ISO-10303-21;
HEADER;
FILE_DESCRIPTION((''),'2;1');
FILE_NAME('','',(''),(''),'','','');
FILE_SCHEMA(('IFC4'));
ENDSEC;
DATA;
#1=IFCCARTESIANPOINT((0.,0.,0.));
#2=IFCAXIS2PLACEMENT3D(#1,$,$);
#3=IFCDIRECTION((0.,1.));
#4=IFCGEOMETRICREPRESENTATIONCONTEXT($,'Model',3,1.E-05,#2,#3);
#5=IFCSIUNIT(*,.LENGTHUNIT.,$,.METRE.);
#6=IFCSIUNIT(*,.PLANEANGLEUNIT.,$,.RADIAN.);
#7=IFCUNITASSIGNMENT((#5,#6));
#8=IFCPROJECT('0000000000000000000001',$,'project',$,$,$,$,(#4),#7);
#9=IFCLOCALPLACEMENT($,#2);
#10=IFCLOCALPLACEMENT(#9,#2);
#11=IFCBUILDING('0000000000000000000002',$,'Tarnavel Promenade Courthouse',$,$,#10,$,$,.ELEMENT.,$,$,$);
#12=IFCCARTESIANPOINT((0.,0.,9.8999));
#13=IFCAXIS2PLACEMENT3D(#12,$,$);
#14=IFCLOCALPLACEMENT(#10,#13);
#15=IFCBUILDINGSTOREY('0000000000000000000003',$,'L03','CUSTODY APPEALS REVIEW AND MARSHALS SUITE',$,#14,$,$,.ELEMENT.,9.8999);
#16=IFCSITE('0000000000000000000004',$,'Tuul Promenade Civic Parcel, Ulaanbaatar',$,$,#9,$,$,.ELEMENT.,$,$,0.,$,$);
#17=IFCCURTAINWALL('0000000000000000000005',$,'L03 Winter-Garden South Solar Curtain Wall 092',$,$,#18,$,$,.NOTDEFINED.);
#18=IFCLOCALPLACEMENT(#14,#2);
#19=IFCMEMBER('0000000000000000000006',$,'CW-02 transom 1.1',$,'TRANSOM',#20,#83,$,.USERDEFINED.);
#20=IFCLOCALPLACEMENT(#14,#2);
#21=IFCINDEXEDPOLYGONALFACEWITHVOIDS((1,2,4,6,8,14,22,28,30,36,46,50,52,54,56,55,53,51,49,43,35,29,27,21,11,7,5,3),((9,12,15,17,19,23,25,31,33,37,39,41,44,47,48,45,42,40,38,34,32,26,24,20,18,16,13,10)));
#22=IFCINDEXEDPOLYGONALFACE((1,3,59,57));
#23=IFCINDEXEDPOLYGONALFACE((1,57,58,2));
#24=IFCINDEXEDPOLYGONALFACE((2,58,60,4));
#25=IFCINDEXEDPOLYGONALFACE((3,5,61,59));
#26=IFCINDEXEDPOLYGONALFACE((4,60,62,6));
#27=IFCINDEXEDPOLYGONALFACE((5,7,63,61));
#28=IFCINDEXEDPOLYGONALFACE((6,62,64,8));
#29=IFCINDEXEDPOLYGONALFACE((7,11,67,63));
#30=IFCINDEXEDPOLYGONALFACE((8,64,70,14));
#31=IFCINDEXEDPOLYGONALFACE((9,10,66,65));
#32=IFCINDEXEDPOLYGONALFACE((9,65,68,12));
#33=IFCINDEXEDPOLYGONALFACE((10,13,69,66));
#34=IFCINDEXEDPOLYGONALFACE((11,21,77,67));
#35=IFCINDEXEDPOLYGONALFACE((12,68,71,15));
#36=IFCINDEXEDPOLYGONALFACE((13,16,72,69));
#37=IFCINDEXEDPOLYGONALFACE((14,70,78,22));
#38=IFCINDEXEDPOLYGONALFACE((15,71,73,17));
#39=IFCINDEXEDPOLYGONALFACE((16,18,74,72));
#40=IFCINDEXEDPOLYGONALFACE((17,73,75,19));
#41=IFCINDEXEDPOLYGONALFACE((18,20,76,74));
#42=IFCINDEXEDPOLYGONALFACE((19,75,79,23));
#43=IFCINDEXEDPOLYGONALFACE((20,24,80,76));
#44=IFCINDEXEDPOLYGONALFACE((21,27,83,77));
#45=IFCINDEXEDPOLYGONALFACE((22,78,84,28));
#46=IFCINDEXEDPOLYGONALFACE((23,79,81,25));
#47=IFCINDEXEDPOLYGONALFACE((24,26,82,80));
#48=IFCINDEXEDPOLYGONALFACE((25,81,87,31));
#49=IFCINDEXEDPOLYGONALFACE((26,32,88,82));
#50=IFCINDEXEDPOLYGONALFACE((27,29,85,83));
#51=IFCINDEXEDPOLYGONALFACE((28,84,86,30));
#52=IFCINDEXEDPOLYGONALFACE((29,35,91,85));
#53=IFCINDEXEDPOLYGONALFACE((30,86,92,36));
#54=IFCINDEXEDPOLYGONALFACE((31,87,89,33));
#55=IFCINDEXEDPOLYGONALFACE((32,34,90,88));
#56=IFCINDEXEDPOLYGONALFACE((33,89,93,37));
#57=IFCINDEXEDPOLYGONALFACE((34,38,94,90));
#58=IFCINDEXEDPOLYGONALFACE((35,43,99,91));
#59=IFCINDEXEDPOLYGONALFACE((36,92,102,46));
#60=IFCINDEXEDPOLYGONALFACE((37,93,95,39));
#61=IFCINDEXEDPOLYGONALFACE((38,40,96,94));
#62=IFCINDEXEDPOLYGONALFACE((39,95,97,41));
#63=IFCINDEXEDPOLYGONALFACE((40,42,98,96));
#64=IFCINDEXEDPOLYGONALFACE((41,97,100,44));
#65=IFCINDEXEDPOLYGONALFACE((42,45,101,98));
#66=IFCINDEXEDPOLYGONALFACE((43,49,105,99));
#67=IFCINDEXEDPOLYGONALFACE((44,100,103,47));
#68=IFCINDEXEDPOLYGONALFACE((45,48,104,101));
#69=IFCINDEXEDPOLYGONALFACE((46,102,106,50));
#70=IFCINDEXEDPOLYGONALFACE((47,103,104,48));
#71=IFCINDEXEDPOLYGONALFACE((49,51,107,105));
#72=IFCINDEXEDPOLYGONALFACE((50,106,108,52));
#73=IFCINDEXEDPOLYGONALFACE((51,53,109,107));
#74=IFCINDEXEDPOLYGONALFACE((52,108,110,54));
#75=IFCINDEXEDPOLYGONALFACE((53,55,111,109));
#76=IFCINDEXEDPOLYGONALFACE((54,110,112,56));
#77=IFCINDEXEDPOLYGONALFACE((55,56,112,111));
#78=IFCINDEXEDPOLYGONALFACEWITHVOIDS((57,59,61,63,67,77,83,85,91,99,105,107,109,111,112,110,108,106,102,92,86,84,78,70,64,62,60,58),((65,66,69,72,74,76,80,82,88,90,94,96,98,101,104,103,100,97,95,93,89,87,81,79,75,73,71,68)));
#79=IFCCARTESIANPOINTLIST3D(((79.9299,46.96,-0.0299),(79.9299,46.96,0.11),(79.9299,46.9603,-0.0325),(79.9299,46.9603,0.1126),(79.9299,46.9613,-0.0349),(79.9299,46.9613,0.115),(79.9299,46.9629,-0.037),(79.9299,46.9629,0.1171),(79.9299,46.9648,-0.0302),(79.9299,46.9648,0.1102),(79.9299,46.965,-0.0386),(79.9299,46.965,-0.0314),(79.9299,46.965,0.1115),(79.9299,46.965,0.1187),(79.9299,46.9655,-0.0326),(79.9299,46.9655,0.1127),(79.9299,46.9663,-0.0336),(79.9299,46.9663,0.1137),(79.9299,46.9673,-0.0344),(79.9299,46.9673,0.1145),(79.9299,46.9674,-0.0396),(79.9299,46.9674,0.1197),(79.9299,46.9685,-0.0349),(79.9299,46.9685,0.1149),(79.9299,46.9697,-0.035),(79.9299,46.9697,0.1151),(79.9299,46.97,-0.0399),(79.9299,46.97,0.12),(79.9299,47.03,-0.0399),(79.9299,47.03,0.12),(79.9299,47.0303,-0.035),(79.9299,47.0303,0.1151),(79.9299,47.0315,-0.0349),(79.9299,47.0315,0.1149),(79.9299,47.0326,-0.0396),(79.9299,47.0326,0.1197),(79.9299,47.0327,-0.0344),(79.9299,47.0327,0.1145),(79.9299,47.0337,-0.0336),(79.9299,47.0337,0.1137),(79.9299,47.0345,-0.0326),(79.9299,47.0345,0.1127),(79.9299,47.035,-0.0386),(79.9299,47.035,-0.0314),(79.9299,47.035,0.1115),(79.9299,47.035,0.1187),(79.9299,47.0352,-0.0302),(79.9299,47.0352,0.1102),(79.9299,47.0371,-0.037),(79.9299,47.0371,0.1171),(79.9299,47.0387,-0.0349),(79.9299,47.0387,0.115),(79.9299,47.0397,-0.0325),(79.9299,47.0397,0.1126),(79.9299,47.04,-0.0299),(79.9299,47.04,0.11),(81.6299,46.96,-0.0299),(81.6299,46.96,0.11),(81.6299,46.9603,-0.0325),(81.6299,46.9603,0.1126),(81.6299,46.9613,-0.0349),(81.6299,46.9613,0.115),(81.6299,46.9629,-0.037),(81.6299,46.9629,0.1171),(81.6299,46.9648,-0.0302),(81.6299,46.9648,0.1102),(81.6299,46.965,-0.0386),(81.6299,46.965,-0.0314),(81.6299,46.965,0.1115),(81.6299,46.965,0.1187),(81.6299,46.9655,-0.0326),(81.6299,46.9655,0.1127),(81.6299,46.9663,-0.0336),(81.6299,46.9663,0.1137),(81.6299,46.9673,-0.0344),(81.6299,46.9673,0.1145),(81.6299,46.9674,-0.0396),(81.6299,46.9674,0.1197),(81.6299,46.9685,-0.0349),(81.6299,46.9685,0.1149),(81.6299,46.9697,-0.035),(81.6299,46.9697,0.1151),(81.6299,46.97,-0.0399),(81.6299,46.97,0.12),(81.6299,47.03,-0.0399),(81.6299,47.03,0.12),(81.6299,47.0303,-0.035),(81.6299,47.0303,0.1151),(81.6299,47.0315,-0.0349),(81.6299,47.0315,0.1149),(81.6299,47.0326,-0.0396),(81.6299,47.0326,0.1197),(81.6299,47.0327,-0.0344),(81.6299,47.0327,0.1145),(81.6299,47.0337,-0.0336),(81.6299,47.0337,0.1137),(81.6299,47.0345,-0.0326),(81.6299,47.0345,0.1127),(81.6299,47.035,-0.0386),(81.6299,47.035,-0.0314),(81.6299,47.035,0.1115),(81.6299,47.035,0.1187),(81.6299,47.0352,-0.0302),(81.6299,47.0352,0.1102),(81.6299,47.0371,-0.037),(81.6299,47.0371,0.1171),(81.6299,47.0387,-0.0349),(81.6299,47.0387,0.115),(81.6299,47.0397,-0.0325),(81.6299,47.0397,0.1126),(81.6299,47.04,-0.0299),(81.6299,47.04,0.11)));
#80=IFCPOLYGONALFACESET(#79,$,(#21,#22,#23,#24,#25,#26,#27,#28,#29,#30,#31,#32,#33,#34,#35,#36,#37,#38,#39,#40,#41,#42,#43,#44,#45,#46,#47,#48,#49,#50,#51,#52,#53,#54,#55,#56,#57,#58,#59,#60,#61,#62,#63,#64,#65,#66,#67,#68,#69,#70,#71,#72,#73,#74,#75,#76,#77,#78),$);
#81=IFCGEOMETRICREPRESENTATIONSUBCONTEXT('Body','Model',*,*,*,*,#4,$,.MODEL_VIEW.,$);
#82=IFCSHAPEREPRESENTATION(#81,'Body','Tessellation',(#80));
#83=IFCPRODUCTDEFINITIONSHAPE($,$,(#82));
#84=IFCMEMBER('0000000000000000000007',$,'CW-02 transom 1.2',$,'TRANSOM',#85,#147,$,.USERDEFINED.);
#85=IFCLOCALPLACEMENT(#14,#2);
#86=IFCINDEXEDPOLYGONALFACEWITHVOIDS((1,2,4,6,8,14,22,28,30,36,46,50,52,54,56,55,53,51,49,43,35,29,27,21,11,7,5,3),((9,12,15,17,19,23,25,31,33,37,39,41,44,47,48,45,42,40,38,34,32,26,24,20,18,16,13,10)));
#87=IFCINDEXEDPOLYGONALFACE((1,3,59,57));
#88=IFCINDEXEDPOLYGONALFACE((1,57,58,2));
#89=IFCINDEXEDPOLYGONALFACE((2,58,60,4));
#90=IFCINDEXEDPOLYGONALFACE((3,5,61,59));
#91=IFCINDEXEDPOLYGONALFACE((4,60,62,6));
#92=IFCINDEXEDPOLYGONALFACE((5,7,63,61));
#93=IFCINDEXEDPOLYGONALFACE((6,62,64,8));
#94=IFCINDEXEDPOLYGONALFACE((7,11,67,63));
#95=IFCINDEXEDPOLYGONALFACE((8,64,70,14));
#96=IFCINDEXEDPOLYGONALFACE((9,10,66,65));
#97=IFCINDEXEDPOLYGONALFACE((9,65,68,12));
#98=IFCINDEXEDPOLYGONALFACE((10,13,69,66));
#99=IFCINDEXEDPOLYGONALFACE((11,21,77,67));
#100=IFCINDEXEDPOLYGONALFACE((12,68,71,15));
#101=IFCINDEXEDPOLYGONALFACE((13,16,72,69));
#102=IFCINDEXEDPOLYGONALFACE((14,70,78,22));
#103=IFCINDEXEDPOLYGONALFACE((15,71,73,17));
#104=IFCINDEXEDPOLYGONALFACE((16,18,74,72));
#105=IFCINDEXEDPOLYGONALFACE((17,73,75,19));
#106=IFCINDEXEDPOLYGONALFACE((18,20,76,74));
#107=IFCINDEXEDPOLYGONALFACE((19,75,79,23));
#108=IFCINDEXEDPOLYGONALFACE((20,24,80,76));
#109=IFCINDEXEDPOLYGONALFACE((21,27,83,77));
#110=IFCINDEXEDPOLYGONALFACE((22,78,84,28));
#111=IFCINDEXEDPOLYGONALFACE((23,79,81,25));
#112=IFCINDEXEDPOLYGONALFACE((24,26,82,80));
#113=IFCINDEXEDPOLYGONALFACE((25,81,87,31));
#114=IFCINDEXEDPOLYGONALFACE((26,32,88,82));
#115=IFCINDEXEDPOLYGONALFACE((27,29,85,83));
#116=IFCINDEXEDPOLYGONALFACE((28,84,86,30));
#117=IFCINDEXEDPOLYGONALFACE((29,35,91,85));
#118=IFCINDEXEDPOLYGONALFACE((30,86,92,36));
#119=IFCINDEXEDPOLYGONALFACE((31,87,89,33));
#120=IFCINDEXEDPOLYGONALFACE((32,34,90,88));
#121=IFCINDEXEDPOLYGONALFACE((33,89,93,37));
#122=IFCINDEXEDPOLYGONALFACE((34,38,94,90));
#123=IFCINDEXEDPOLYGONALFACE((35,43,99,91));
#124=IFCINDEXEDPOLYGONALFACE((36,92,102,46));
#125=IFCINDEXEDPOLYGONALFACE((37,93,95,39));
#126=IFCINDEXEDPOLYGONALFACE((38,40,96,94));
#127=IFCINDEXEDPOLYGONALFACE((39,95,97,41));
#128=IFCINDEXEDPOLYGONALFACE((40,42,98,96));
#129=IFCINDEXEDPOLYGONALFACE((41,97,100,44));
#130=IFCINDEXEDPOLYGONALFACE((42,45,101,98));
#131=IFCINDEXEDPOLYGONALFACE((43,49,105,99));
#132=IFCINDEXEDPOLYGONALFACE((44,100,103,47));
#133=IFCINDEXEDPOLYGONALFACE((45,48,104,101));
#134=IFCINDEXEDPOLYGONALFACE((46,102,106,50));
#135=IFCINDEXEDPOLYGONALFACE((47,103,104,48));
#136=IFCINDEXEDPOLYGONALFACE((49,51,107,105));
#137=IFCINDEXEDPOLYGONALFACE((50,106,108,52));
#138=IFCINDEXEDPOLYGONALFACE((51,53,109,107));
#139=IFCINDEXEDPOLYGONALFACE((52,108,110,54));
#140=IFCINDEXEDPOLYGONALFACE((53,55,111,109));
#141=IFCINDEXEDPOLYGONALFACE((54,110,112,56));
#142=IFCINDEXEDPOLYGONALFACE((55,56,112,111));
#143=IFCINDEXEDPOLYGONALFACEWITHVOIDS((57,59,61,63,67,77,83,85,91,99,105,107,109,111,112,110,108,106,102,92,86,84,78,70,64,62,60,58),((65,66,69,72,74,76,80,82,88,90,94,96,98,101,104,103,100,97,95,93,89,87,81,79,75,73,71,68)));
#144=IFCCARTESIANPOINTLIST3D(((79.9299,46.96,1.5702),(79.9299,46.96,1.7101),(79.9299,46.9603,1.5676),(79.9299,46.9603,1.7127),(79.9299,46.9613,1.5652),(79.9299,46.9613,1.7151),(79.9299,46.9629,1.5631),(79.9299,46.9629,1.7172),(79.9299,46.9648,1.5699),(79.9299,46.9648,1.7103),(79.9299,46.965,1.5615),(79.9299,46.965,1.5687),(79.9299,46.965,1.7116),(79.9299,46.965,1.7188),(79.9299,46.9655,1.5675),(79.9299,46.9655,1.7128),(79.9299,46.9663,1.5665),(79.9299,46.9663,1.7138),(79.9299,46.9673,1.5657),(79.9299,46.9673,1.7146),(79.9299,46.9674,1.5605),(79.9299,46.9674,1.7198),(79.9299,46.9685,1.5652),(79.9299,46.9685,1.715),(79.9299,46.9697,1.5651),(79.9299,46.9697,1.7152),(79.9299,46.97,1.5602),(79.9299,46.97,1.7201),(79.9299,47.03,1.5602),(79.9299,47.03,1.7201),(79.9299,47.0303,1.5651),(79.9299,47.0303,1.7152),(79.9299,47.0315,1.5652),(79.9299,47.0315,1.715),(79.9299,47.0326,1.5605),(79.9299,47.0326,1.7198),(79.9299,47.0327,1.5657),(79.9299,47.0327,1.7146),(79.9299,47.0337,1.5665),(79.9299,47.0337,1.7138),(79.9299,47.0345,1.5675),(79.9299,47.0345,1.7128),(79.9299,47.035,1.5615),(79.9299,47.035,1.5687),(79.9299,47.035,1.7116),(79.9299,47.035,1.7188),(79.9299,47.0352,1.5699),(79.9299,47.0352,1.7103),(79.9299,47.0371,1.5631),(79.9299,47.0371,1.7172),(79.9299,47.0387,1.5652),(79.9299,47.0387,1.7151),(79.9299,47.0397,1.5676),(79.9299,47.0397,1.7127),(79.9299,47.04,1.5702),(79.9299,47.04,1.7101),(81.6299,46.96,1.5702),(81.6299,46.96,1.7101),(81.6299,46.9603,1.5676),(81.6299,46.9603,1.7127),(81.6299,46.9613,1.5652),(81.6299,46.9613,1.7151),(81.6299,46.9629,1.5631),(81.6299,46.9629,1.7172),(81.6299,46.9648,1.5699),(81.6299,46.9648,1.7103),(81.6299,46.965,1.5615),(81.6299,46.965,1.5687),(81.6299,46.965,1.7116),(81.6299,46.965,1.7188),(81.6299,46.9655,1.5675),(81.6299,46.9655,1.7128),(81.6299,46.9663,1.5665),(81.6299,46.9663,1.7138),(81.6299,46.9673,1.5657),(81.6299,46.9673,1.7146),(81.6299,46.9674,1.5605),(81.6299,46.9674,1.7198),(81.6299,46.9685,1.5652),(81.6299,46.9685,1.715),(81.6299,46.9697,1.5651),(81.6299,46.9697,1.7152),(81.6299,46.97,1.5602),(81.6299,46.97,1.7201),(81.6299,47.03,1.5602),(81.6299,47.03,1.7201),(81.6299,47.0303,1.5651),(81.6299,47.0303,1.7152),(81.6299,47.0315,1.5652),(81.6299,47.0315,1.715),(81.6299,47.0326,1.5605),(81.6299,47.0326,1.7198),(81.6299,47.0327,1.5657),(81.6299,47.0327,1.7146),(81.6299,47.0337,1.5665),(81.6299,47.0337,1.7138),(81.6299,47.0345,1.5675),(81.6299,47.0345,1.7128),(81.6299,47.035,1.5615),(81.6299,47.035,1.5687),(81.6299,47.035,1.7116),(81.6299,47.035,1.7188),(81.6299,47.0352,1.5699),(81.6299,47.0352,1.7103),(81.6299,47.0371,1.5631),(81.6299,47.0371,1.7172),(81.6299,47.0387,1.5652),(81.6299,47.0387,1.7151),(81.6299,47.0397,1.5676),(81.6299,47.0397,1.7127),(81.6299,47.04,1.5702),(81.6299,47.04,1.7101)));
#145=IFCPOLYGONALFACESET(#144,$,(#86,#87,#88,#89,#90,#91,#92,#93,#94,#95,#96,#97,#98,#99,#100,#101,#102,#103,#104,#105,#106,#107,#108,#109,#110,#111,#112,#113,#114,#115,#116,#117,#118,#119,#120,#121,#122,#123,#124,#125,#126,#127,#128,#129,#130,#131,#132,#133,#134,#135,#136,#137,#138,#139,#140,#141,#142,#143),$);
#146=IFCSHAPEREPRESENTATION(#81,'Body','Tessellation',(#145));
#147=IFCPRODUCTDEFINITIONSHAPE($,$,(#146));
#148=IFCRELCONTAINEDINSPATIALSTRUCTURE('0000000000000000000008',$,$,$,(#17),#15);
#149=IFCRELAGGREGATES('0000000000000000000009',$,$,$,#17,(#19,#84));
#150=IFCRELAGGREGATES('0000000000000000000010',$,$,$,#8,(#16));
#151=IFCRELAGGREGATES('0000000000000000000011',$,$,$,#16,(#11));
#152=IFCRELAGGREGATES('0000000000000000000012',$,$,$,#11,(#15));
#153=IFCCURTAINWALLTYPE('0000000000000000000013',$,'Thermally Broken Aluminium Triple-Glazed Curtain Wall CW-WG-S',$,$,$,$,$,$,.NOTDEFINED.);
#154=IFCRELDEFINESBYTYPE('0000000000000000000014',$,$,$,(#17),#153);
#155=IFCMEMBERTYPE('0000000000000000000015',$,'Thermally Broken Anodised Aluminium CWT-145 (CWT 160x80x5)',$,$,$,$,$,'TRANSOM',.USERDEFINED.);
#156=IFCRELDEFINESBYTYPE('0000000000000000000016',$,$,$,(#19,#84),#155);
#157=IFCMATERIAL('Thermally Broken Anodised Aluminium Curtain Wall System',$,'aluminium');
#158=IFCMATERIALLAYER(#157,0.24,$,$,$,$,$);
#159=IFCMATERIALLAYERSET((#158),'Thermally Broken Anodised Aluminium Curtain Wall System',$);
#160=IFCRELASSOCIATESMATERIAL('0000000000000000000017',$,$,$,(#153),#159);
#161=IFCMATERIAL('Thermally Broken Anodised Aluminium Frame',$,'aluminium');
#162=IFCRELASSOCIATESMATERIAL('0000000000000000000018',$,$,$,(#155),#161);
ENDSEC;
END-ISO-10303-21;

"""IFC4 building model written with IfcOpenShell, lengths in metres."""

from ifc_helpers import new_model, si_unit, direction, frame, origin, origin_2d, place, context, subcontext, project, spatial, hollow_rectangle, extrude, material, layer, layer_set, material_profile, profile_set, type_object, element, aggregate, save


model = new_model("IFC4")

# Units and contexts
model_context = context("Model", 3, precision=1e-05, world=origin(), true_north=direction((0.0, 1.0)))
body_context = subcontext(model_context, "Body", "Model", "MODEL_VIEW")
ifc_project = project(units=[si_unit("LENGTHUNIT", "METRE"), si_unit("PLANEANGLEUNIT", "RADIAN")], contexts=[model_context])

# Site, building, storey
site_placement = place(None, origin())
site = spatial("IfcSite", under=ifc_project, at=site_placement, Name="Tuul Promenade Civic Parcel, Ulaanbaatar", CompositionType="ELEMENT", RefElevation=0.0)
building_placement = place(site_placement, origin())
building = spatial("IfcBuilding", under=site, at=building_placement, Name="Tarnavel Promenade Courthouse", CompositionType="ELEMENT")
storey_placement = place(building_placement, frame((0.0, 0.0, 9.8999)))
storey = spatial("IfcBuildingStorey", under=building, at=storey_placement, Name="L03", Description="CUSTODY APPEALS REVIEW AND MARSHALS SUITE", CompositionType="ELEMENT", Elevation=9.8999)

# Shared definitions
ifc_material_1 = material(Name="Thermally Broken Anodised Aluminium Curtain Wall System", Category="aluminium")
ifc_layer_1 = layer(ifc_material_1, 0.24)
ifc_layer_set_1 = layer_set([ifc_layer_1], Name="Thermally Broken Anodised Aluminium Curtain Wall System")
curtain_wall_type = type_object("IfcCurtainWallType", Name="Thermally Broken Aluminium Triple-Glazed Curtain Wall CW-WG-S", PredefinedType="NOTDEFINED", material=ifc_layer_set_1)
ifc_material_2 = material(Name="Thermally Broken Anodised Aluminium Frame", Category="aluminium")

# Curtain wall
curtain_wall_1_placement = place(storey_placement, origin())
curtain_wall_1 = element("IfcCurtainWall", 1, at=curtain_wall_1_placement, inside=storey, type_object=curtain_wall_type, Name="L03 Winter-Garden South Solar Curtain Wall 092", PredefinedType="NOTDEFINED")

# Members
ifc_material_profile_1 = material_profile(ifc_material_2, hollow_rectangle(XDim=0.0801, YDim=0.1599, WallThickness=0.0049, InnerFilletRadius=0.0049, OuterFilletRadius=0.01, at=origin_2d()), Name="CWT 160x80x5")
ifc_profile_set_1 = profile_set([ifc_material_profile_1], Name="Thermally Broken Anodised Aluminium Frame")
member_type_1 = type_object("IfcMemberType", Name="Thermally Broken Anodised Aluminium CWT-145 (CWT 160x80x5)", ElementType="TRANSOM", PredefinedType="USERDEFINED", material=ifc_profile_set_1)
member_1_placement = place(storey_placement, frame((79.9299, 47.0, 0.04), z_axis=(1.0, 0.0, 0.0), x_axis=(0.0, 1.0, 0.0)))
member_1 = element("IfcMember", 2, at=member_1_placement, type_object=member_type_1, Name="CW-02 transom 1.1", ObjectType="TRANSOM", PredefinedType="USERDEFINED", context=body_context, shape_type="SweptSolid", body=[
    extrude(hollow_rectangle(XDim=0.0801, YDim=0.1599, WallThickness=0.0049, InnerFilletRadius=0.0049, OuterFilletRadius=0.01, at=origin_2d()), origin(), (0.0, 0.0, 1.0), 1.7),
])
member_2_placement = place(storey_placement, frame((79.9299, 47.0, 1.6401), z_axis=(1.0, 0.0, 0.0), x_axis=(0.0, 1.0, 0.0)))
member_2 = element("IfcMember", 3, at=member_2_placement, type_object=member_type_1, Name="CW-02 transom 1.2", ObjectType="TRANSOM", PredefinedType="USERDEFINED", context=body_context, shape_type="SweptSolid", body=[
    extrude(hollow_rectangle(XDim=0.0801, YDim=0.1599, WallThickness=0.0049, InnerFilletRadius=0.0049, OuterFilletRadius=0.01, at=origin_2d()), origin(), (0.0, 0.0, 1.0), 1.7),
])

aggregate(curtain_wall_1, [member_1, member_2])

save(model, "model.ifc")
